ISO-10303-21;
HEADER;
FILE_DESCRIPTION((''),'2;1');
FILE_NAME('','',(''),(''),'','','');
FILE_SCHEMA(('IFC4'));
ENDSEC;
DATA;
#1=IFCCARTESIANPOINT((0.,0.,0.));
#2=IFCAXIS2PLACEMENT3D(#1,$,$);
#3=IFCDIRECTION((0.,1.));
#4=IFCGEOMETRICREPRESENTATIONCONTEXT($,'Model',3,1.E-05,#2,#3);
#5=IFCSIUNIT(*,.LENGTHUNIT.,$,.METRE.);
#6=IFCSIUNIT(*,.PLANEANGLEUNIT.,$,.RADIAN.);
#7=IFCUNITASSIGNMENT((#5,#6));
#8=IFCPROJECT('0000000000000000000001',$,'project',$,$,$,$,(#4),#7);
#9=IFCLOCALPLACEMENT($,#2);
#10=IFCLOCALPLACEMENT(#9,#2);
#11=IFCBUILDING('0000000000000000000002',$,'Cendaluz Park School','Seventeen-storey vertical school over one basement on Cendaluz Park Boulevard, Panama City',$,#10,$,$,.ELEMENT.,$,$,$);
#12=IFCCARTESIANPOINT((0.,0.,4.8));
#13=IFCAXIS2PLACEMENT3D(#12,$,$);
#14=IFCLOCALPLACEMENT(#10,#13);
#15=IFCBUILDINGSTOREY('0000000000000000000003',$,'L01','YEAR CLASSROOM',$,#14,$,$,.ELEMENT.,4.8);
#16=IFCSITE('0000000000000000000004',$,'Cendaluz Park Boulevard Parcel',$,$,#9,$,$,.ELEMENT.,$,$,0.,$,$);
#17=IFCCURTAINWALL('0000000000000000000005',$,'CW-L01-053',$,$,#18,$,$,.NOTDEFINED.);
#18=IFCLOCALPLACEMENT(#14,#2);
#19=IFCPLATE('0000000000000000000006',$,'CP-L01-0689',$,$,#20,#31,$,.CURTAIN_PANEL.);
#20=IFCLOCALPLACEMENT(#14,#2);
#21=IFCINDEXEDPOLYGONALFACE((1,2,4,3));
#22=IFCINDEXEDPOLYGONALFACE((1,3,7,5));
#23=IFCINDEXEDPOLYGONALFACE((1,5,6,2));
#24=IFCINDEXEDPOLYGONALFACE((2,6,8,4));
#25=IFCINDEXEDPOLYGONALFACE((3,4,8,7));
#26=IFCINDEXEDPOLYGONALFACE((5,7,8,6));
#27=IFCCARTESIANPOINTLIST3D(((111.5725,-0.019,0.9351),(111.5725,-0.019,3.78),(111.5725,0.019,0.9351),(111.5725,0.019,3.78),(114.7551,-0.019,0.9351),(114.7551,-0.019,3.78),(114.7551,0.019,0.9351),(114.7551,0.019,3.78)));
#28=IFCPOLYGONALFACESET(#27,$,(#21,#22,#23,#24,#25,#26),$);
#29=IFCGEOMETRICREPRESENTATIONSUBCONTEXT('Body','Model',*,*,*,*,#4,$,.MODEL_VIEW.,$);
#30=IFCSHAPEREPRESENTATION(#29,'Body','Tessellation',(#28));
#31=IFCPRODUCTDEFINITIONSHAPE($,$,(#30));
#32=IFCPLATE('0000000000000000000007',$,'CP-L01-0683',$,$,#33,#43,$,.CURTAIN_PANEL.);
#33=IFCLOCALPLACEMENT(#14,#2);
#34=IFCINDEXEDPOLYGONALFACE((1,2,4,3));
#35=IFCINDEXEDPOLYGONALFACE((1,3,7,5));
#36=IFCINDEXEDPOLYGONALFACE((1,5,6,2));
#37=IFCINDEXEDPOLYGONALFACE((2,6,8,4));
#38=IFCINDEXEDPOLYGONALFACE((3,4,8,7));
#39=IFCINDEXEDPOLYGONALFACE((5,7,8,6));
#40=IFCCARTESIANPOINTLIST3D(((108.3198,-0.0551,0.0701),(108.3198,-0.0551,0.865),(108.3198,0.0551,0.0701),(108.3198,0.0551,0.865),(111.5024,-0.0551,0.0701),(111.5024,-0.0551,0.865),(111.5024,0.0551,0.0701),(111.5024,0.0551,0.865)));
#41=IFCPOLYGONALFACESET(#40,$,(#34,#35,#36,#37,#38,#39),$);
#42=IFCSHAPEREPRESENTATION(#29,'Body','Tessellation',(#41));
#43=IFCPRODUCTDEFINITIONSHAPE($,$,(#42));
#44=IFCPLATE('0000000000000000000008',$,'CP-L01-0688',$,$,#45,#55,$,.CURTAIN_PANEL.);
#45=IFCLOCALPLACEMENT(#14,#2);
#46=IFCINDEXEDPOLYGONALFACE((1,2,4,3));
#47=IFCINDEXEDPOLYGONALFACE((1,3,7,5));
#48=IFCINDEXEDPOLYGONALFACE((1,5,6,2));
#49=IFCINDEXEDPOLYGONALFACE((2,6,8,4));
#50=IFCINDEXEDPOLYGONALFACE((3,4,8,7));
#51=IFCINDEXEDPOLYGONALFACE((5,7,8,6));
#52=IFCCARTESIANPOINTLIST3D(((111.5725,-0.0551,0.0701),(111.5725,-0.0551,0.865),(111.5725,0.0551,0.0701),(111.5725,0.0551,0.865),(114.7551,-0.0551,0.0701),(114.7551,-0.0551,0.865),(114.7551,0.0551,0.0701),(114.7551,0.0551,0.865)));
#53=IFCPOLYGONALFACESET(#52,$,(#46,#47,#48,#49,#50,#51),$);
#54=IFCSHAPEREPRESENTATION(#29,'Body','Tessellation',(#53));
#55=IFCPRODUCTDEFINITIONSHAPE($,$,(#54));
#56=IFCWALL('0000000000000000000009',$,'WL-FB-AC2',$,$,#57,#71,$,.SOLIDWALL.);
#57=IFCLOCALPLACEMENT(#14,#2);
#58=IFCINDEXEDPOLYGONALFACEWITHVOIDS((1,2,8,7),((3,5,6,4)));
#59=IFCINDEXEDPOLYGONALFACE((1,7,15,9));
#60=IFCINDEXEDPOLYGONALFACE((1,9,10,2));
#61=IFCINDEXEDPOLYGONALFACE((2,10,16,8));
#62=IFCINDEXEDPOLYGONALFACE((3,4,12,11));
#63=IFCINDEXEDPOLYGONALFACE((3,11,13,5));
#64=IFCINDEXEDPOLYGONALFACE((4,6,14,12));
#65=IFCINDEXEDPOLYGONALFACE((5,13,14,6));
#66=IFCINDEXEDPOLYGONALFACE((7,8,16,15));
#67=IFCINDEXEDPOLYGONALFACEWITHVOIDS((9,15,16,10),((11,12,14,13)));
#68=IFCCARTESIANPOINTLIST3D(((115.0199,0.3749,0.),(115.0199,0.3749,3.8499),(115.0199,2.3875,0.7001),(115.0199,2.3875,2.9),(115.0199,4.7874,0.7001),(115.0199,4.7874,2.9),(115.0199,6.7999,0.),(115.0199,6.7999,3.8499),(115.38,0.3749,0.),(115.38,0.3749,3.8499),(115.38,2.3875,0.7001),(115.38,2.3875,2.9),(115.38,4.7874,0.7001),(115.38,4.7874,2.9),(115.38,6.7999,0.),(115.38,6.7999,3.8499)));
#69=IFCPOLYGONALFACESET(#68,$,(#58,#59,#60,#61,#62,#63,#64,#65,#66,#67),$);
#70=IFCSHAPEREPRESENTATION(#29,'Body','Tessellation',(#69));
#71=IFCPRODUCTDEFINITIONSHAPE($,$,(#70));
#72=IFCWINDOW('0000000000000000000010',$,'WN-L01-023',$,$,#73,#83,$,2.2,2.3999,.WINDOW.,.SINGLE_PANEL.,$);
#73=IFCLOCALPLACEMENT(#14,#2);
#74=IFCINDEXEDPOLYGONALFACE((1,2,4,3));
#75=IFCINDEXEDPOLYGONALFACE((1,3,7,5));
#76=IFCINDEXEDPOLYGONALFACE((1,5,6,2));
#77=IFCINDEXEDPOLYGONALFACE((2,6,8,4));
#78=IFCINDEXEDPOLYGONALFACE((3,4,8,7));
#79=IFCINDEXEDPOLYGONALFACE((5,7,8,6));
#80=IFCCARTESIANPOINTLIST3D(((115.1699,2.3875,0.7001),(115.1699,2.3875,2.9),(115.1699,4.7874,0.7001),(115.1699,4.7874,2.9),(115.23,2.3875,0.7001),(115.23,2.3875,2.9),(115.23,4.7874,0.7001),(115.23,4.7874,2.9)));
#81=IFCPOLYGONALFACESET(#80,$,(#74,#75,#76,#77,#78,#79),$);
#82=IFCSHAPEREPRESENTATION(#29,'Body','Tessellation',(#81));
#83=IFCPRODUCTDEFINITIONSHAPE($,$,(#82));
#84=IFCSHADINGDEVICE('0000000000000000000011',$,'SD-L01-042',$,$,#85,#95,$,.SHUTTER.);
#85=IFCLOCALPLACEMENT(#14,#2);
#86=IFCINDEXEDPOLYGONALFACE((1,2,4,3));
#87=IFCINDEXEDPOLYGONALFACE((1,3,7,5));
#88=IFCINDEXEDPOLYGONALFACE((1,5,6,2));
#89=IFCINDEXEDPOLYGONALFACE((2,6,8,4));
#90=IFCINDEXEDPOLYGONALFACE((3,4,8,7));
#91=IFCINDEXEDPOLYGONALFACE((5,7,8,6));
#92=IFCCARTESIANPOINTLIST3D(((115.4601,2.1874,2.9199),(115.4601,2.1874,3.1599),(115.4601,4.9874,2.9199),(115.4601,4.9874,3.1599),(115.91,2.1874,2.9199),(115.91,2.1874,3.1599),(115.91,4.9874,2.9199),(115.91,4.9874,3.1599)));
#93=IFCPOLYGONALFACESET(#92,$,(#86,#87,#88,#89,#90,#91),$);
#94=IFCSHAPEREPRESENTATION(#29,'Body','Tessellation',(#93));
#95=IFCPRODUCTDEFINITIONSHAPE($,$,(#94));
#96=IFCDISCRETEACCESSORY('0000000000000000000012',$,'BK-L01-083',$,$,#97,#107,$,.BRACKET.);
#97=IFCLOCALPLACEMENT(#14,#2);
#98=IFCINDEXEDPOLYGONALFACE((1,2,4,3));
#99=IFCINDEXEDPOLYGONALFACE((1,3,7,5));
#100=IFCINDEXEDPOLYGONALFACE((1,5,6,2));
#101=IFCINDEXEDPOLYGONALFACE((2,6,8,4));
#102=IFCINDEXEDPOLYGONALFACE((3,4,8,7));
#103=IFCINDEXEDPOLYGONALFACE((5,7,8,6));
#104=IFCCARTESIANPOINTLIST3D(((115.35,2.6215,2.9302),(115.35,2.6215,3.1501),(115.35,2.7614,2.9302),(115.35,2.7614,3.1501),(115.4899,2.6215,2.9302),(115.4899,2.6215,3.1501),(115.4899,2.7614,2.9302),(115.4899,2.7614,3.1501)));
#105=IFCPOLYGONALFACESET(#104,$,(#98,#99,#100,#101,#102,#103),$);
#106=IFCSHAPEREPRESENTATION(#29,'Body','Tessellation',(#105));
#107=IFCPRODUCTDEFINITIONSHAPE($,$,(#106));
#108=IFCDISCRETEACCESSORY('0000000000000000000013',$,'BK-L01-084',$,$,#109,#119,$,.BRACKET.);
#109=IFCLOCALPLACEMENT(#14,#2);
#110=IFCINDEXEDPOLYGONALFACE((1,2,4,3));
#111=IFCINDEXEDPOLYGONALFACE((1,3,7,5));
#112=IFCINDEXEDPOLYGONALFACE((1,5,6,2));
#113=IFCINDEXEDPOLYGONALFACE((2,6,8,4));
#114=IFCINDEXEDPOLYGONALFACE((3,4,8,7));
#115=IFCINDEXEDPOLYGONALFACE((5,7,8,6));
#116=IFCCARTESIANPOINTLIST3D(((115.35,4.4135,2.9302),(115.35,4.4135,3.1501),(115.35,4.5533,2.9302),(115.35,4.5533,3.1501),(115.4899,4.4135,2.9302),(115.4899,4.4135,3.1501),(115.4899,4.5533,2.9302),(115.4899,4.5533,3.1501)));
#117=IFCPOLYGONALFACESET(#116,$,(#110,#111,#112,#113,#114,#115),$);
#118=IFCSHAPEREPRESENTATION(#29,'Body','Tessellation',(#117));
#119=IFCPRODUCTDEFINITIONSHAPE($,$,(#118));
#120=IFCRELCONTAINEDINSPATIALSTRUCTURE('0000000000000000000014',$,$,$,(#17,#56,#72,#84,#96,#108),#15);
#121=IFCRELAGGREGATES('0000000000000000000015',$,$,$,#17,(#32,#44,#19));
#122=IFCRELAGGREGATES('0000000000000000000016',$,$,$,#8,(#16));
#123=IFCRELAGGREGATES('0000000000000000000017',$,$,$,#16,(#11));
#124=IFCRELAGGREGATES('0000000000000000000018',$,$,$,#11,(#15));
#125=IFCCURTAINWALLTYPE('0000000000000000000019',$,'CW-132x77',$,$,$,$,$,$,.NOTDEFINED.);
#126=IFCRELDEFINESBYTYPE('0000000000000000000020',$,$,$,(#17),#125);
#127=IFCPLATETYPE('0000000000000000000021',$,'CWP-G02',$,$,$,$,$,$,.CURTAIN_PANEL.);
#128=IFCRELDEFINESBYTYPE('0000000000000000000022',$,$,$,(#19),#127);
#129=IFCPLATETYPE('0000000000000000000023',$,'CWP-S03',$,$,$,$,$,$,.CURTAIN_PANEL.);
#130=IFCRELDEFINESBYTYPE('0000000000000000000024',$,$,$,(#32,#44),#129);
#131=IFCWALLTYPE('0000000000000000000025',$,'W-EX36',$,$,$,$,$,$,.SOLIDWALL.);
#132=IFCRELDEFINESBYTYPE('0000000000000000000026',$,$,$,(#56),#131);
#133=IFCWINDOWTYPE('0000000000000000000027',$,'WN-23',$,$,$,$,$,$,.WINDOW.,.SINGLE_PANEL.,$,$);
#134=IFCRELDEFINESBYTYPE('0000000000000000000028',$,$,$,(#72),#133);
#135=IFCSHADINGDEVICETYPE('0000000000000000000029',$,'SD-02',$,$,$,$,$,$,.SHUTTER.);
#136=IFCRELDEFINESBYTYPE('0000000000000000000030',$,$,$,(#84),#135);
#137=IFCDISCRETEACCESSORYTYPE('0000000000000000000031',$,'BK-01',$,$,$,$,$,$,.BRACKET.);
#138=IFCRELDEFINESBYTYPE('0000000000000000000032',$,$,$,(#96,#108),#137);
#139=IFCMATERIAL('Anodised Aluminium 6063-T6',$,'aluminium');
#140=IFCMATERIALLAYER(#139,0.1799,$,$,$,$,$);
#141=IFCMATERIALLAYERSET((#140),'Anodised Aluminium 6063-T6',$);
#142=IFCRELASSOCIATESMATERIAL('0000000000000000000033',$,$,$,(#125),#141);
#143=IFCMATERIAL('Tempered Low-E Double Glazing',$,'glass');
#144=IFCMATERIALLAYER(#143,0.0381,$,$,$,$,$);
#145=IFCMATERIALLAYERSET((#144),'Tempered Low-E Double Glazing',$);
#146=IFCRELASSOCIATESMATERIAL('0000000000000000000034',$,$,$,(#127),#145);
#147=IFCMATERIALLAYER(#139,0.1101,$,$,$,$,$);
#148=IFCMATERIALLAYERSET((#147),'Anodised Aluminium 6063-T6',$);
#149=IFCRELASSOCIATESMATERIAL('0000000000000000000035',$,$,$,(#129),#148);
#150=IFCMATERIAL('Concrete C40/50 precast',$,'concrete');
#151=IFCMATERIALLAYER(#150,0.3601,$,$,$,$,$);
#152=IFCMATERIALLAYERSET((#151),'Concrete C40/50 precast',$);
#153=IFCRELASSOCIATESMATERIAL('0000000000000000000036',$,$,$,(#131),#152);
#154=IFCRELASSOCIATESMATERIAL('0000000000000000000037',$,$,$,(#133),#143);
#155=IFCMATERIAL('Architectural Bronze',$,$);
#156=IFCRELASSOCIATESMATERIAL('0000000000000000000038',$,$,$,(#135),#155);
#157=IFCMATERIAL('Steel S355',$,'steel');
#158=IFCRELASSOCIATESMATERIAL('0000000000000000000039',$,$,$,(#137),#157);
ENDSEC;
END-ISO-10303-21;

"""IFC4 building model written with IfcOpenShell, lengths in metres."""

from ifc_helpers import new_model, si_unit, direction, frame, frame_2d, origin, origin_2d, place, context, subcontext, project, spatial, rectangle, extrude, material, layer, layer_set, type_object, element, fill, aggregate, save


model = new_model("IFC4")

# Units and contexts
model_context = context("Model", 3, precision=1e-05, world=origin(), true_north=direction((0.0, 1.0)))
body_context = subcontext(model_context, "Body", "Model", "MODEL_VIEW")
ifc_project = project(units=[si_unit("LENGTHUNIT", "METRE"), si_unit("PLANEANGLEUNIT", "RADIAN")], contexts=[model_context])

# Site, building, storey
site_placement = place(None, origin())
site = spatial("IfcSite", under=ifc_project, at=site_placement, Name="Cendaluz Park Boulevard Parcel", CompositionType="ELEMENT", RefElevation=0.0)
building_placement = place(site_placement, origin())
building = spatial("IfcBuilding", under=site, at=building_placement, Name="Cendaluz Park School", Description="Seventeen-storey vertical school over one basement on Cendaluz Park Boulevard, Panama City", CompositionType="ELEMENT")
storey_placement = place(building_placement, frame((0.0, 0.0, 4.8)))
storey = spatial("IfcBuildingStorey", under=building, at=storey_placement, Name="L01", Description="YEAR CLASSROOM", CompositionType="ELEMENT", Elevation=4.8)

# Curtain wall
ifc_material_1 = material(Name="Anodised Aluminium 6063-T6", Category="aluminium")
ifc_layer_1 = layer(ifc_material_1, 0.1799)
ifc_layer_set_1 = layer_set([ifc_layer_1], Name="Anodised Aluminium 6063-T6")
curtain_wall_type_1 = type_object("IfcCurtainWallType", Name="CW-132x77", PredefinedType="NOTDEFINED", material=ifc_layer_set_1)
curtain_wall_1_placement = place(storey_placement, origin())
curtain_wall_1 = element("IfcCurtainWall", 1, at=curtain_wall_1_placement, inside=storey, type_object=curtain_wall_type_1, Name="CW-L01-053", PredefinedType="NOTDEFINED")

# Plates
ifc_material_2 = material(Name="Tempered Low-E Double Glazing", Category="glass")
ifc_layer_2 = layer(ifc_material_2, 0.0381)
ifc_layer_set_2 = layer_set([ifc_layer_2], Name="Tempered Low-E Double Glazing")
plate_type_1 = type_object("IfcPlateType", Name="CWP-G02", PredefinedType="CURTAIN_PANEL", material=ifc_layer_set_2)
plate_1_placement = place(storey_placement, frame((113.1638, 0.0, 0.9351), z_axis=(0.0, 0.0, 1.0), x_axis=(1.0, 0.0, 0.0)))
plate_1 = element("IfcPlate", 2, at=plate_1_placement, type_object=plate_type_1, Name="CP-L01-0689", PredefinedType="CURTAIN_PANEL", context=body_context, shape_type="SweptSolid", body=[
    extrude(rectangle(XDim=3.1826, YDim=0.0381, at=origin_2d()), origin(), (0.0, 0.0, 1.0), 2.845),
])
ifc_layer_3 = layer(ifc_material_1, 0.1101)
ifc_layer_set_3 = layer_set([ifc_layer_3], Name="Anodised Aluminium 6063-T6")
plate_type_2 = type_object("IfcPlateType", Name="CWP-S03", PredefinedType="CURTAIN_PANEL", material=ifc_layer_set_3)
plate_2_placement = place(storey_placement, frame((109.9111, 0.0, 0.0701), z_axis=(0.0, 0.0, 1.0), x_axis=(1.0, 0.0, 0.0)))
plate_2 = element("IfcPlate", 3, at=plate_2_placement, type_object=plate_type_2, Name="CP-L01-0683", PredefinedType="CURTAIN_PANEL", context=body_context, shape_type="SweptSolid", body=[
    extrude(rectangle(XDim=3.1826, YDim=0.1101, at=origin_2d()), origin(), (0.0, 0.0, 1.0), 0.7949),
])
plate_3_placement = place(storey_placement, frame((113.1638, 0.0, 0.0701), z_axis=(0.0, 0.0, 1.0), x_axis=(1.0, 0.0, 0.0)))
plate_3 = element("IfcPlate", 4, at=plate_3_placement, type_object=plate_type_2, Name="CP-L01-0688", PredefinedType="CURTAIN_PANEL", context=body_context, shape_type="SweptSolid", body=[
    extrude(rectangle(XDim=3.1826, YDim=0.1101, at=origin_2d()), origin(), (0.0, 0.0, 1.0), 0.7949),
])
aggregate(curtain_wall_1, [plate_2, plate_3, plate_1])

# Wall, opening, window
ifc_material_3 = material(Name="Concrete C40/50 precast", Category="concrete")
ifc_layer_4 = layer(ifc_material_3, 0.3601)
ifc_layer_set_4 = layer_set([ifc_layer_4], Name="Concrete C40/50 precast")
wall_type = type_object("IfcWallType", Name="W-EX36", PredefinedType="SOLIDWALL", material=ifc_layer_set_4)
wall_placement = place(storey_placement, frame((115.2, 0.375, 0.0), z_axis=(0.0, 0.0, 1.0), x_axis=(0.0, 1.0, 0.0)))
wall = element("IfcWall", 5, at=wall_placement, inside=storey, type_object=wall_type, Name="WL-FB-AC2", PredefinedType="SOLIDWALL", context=body_context, shape_type="SweptSolid", body=[
    extrude(rectangle(XDim=6.425, YDim=0.3601, at=frame_2d((3.2124, 0.0))), origin(), (0.0, 0.0, 1.0), 3.8499),
])
opening_placement = place(wall_placement, frame((2.0125, 0.0, 0.7)))
opening = element("IfcOpeningElement", 6, at=opening_placement, cuts=wall, PredefinedType="OPENING", context=body_context, shape_type="SweptSolid", body=[
    extrude(rectangle(XDim=2.3999, YDim=2.2, at=frame_2d((1.2, 1.1001))), frame((0.0, 0.1921, 0.0), z_axis=(0.0, -1.0, 0.0), x_axis=(1.0, 0.0, 0.0)), (0.0, 0.0, 1.0), 0.384),
])
window_type = type_object("IfcWindowType", Name="WN-23", PartitioningType="SINGLE_PANEL", PredefinedType="WINDOW", material=ifc_material_2)
window_placement = place(opening_placement, origin())
window = element("IfcWindow", 7, at=window_placement, inside=storey, type_object=window_type, Name="WN-L01-023", OverallHeight=2.2, OverallWidth=2.3999, PartitioningType="SINGLE_PANEL", PredefinedType="WINDOW", context=body_context, shape_type="SweptSolid", body=[
    extrude(rectangle(XDim=2.3999, YDim=2.2, at=frame_2d((1.2, 1.1001))), frame((0.0, 0.03, 0.0), z_axis=(0.0, -1.0, 0.0), x_axis=(1.0, 0.0, 0.0)), (0.0, 0.0, 1.0), 0.0601),
])
fill(opening, window)

# Shading device
ifc_material_4 = material(Name="Architectural Bronze")
shading_device_type = type_object("IfcShadingDeviceType", Name="SD-02", PredefinedType="SHUTTER", material=ifc_material_4)
shading_device_placement = place(storey_placement, frame((115.6851, 3.5874, 2.9199), z_axis=(0.0, 0.0, 1.0), x_axis=(0.0, 1.0, 0.0)))
element("IfcShadingDevice", 8, at=shading_device_placement, inside=storey, type_object=shading_device_type, Name="SD-L01-042", PredefinedType="SHUTTER", context=body_context, shape_type="SweptSolid", body=[
    extrude(rectangle(XDim=2.8, YDim=0.45, at=origin_2d()), origin(), (0.0, 0.0, 1.0), 0.24),
])

# Discrete accessories
ifc_material_5 = material(Name="Steel S355", Category="steel")
discrete_accessory_type = type_object("IfcDiscreteAccessoryType", Name="BK-01", PredefinedType="BRACKET", material=ifc_material_5)
for number, where, z_axis, x_axis, name in (
    (9, (115.4199, 2.6914, 2.9302), (0.0, 0.0, 1.0), (0.0, 1.0, 0.0), "BK-L01-083"),
    (10, (115.4199, 4.4834, 2.9302), (0.0, 0.0, 1.0), (0.0, 1.0, 0.0), "BK-L01-084"),
):
    element("IfcDiscreteAccessory", number, at=place(storey_placement, frame(where, z_axis=z_axis, x_axis=x_axis)), inside=storey, type_object=discrete_accessory_type, Name=name, PredefinedType="BRACKET", context=body_context, shape_type="SweptSolid", body=[
        extrude(rectangle(XDim=0.1399, YDim=0.1399, at=origin_2d()), origin(), (0.0, 0.0, 1.0), 0.22),
    ])

save(model, "model.ifc")
